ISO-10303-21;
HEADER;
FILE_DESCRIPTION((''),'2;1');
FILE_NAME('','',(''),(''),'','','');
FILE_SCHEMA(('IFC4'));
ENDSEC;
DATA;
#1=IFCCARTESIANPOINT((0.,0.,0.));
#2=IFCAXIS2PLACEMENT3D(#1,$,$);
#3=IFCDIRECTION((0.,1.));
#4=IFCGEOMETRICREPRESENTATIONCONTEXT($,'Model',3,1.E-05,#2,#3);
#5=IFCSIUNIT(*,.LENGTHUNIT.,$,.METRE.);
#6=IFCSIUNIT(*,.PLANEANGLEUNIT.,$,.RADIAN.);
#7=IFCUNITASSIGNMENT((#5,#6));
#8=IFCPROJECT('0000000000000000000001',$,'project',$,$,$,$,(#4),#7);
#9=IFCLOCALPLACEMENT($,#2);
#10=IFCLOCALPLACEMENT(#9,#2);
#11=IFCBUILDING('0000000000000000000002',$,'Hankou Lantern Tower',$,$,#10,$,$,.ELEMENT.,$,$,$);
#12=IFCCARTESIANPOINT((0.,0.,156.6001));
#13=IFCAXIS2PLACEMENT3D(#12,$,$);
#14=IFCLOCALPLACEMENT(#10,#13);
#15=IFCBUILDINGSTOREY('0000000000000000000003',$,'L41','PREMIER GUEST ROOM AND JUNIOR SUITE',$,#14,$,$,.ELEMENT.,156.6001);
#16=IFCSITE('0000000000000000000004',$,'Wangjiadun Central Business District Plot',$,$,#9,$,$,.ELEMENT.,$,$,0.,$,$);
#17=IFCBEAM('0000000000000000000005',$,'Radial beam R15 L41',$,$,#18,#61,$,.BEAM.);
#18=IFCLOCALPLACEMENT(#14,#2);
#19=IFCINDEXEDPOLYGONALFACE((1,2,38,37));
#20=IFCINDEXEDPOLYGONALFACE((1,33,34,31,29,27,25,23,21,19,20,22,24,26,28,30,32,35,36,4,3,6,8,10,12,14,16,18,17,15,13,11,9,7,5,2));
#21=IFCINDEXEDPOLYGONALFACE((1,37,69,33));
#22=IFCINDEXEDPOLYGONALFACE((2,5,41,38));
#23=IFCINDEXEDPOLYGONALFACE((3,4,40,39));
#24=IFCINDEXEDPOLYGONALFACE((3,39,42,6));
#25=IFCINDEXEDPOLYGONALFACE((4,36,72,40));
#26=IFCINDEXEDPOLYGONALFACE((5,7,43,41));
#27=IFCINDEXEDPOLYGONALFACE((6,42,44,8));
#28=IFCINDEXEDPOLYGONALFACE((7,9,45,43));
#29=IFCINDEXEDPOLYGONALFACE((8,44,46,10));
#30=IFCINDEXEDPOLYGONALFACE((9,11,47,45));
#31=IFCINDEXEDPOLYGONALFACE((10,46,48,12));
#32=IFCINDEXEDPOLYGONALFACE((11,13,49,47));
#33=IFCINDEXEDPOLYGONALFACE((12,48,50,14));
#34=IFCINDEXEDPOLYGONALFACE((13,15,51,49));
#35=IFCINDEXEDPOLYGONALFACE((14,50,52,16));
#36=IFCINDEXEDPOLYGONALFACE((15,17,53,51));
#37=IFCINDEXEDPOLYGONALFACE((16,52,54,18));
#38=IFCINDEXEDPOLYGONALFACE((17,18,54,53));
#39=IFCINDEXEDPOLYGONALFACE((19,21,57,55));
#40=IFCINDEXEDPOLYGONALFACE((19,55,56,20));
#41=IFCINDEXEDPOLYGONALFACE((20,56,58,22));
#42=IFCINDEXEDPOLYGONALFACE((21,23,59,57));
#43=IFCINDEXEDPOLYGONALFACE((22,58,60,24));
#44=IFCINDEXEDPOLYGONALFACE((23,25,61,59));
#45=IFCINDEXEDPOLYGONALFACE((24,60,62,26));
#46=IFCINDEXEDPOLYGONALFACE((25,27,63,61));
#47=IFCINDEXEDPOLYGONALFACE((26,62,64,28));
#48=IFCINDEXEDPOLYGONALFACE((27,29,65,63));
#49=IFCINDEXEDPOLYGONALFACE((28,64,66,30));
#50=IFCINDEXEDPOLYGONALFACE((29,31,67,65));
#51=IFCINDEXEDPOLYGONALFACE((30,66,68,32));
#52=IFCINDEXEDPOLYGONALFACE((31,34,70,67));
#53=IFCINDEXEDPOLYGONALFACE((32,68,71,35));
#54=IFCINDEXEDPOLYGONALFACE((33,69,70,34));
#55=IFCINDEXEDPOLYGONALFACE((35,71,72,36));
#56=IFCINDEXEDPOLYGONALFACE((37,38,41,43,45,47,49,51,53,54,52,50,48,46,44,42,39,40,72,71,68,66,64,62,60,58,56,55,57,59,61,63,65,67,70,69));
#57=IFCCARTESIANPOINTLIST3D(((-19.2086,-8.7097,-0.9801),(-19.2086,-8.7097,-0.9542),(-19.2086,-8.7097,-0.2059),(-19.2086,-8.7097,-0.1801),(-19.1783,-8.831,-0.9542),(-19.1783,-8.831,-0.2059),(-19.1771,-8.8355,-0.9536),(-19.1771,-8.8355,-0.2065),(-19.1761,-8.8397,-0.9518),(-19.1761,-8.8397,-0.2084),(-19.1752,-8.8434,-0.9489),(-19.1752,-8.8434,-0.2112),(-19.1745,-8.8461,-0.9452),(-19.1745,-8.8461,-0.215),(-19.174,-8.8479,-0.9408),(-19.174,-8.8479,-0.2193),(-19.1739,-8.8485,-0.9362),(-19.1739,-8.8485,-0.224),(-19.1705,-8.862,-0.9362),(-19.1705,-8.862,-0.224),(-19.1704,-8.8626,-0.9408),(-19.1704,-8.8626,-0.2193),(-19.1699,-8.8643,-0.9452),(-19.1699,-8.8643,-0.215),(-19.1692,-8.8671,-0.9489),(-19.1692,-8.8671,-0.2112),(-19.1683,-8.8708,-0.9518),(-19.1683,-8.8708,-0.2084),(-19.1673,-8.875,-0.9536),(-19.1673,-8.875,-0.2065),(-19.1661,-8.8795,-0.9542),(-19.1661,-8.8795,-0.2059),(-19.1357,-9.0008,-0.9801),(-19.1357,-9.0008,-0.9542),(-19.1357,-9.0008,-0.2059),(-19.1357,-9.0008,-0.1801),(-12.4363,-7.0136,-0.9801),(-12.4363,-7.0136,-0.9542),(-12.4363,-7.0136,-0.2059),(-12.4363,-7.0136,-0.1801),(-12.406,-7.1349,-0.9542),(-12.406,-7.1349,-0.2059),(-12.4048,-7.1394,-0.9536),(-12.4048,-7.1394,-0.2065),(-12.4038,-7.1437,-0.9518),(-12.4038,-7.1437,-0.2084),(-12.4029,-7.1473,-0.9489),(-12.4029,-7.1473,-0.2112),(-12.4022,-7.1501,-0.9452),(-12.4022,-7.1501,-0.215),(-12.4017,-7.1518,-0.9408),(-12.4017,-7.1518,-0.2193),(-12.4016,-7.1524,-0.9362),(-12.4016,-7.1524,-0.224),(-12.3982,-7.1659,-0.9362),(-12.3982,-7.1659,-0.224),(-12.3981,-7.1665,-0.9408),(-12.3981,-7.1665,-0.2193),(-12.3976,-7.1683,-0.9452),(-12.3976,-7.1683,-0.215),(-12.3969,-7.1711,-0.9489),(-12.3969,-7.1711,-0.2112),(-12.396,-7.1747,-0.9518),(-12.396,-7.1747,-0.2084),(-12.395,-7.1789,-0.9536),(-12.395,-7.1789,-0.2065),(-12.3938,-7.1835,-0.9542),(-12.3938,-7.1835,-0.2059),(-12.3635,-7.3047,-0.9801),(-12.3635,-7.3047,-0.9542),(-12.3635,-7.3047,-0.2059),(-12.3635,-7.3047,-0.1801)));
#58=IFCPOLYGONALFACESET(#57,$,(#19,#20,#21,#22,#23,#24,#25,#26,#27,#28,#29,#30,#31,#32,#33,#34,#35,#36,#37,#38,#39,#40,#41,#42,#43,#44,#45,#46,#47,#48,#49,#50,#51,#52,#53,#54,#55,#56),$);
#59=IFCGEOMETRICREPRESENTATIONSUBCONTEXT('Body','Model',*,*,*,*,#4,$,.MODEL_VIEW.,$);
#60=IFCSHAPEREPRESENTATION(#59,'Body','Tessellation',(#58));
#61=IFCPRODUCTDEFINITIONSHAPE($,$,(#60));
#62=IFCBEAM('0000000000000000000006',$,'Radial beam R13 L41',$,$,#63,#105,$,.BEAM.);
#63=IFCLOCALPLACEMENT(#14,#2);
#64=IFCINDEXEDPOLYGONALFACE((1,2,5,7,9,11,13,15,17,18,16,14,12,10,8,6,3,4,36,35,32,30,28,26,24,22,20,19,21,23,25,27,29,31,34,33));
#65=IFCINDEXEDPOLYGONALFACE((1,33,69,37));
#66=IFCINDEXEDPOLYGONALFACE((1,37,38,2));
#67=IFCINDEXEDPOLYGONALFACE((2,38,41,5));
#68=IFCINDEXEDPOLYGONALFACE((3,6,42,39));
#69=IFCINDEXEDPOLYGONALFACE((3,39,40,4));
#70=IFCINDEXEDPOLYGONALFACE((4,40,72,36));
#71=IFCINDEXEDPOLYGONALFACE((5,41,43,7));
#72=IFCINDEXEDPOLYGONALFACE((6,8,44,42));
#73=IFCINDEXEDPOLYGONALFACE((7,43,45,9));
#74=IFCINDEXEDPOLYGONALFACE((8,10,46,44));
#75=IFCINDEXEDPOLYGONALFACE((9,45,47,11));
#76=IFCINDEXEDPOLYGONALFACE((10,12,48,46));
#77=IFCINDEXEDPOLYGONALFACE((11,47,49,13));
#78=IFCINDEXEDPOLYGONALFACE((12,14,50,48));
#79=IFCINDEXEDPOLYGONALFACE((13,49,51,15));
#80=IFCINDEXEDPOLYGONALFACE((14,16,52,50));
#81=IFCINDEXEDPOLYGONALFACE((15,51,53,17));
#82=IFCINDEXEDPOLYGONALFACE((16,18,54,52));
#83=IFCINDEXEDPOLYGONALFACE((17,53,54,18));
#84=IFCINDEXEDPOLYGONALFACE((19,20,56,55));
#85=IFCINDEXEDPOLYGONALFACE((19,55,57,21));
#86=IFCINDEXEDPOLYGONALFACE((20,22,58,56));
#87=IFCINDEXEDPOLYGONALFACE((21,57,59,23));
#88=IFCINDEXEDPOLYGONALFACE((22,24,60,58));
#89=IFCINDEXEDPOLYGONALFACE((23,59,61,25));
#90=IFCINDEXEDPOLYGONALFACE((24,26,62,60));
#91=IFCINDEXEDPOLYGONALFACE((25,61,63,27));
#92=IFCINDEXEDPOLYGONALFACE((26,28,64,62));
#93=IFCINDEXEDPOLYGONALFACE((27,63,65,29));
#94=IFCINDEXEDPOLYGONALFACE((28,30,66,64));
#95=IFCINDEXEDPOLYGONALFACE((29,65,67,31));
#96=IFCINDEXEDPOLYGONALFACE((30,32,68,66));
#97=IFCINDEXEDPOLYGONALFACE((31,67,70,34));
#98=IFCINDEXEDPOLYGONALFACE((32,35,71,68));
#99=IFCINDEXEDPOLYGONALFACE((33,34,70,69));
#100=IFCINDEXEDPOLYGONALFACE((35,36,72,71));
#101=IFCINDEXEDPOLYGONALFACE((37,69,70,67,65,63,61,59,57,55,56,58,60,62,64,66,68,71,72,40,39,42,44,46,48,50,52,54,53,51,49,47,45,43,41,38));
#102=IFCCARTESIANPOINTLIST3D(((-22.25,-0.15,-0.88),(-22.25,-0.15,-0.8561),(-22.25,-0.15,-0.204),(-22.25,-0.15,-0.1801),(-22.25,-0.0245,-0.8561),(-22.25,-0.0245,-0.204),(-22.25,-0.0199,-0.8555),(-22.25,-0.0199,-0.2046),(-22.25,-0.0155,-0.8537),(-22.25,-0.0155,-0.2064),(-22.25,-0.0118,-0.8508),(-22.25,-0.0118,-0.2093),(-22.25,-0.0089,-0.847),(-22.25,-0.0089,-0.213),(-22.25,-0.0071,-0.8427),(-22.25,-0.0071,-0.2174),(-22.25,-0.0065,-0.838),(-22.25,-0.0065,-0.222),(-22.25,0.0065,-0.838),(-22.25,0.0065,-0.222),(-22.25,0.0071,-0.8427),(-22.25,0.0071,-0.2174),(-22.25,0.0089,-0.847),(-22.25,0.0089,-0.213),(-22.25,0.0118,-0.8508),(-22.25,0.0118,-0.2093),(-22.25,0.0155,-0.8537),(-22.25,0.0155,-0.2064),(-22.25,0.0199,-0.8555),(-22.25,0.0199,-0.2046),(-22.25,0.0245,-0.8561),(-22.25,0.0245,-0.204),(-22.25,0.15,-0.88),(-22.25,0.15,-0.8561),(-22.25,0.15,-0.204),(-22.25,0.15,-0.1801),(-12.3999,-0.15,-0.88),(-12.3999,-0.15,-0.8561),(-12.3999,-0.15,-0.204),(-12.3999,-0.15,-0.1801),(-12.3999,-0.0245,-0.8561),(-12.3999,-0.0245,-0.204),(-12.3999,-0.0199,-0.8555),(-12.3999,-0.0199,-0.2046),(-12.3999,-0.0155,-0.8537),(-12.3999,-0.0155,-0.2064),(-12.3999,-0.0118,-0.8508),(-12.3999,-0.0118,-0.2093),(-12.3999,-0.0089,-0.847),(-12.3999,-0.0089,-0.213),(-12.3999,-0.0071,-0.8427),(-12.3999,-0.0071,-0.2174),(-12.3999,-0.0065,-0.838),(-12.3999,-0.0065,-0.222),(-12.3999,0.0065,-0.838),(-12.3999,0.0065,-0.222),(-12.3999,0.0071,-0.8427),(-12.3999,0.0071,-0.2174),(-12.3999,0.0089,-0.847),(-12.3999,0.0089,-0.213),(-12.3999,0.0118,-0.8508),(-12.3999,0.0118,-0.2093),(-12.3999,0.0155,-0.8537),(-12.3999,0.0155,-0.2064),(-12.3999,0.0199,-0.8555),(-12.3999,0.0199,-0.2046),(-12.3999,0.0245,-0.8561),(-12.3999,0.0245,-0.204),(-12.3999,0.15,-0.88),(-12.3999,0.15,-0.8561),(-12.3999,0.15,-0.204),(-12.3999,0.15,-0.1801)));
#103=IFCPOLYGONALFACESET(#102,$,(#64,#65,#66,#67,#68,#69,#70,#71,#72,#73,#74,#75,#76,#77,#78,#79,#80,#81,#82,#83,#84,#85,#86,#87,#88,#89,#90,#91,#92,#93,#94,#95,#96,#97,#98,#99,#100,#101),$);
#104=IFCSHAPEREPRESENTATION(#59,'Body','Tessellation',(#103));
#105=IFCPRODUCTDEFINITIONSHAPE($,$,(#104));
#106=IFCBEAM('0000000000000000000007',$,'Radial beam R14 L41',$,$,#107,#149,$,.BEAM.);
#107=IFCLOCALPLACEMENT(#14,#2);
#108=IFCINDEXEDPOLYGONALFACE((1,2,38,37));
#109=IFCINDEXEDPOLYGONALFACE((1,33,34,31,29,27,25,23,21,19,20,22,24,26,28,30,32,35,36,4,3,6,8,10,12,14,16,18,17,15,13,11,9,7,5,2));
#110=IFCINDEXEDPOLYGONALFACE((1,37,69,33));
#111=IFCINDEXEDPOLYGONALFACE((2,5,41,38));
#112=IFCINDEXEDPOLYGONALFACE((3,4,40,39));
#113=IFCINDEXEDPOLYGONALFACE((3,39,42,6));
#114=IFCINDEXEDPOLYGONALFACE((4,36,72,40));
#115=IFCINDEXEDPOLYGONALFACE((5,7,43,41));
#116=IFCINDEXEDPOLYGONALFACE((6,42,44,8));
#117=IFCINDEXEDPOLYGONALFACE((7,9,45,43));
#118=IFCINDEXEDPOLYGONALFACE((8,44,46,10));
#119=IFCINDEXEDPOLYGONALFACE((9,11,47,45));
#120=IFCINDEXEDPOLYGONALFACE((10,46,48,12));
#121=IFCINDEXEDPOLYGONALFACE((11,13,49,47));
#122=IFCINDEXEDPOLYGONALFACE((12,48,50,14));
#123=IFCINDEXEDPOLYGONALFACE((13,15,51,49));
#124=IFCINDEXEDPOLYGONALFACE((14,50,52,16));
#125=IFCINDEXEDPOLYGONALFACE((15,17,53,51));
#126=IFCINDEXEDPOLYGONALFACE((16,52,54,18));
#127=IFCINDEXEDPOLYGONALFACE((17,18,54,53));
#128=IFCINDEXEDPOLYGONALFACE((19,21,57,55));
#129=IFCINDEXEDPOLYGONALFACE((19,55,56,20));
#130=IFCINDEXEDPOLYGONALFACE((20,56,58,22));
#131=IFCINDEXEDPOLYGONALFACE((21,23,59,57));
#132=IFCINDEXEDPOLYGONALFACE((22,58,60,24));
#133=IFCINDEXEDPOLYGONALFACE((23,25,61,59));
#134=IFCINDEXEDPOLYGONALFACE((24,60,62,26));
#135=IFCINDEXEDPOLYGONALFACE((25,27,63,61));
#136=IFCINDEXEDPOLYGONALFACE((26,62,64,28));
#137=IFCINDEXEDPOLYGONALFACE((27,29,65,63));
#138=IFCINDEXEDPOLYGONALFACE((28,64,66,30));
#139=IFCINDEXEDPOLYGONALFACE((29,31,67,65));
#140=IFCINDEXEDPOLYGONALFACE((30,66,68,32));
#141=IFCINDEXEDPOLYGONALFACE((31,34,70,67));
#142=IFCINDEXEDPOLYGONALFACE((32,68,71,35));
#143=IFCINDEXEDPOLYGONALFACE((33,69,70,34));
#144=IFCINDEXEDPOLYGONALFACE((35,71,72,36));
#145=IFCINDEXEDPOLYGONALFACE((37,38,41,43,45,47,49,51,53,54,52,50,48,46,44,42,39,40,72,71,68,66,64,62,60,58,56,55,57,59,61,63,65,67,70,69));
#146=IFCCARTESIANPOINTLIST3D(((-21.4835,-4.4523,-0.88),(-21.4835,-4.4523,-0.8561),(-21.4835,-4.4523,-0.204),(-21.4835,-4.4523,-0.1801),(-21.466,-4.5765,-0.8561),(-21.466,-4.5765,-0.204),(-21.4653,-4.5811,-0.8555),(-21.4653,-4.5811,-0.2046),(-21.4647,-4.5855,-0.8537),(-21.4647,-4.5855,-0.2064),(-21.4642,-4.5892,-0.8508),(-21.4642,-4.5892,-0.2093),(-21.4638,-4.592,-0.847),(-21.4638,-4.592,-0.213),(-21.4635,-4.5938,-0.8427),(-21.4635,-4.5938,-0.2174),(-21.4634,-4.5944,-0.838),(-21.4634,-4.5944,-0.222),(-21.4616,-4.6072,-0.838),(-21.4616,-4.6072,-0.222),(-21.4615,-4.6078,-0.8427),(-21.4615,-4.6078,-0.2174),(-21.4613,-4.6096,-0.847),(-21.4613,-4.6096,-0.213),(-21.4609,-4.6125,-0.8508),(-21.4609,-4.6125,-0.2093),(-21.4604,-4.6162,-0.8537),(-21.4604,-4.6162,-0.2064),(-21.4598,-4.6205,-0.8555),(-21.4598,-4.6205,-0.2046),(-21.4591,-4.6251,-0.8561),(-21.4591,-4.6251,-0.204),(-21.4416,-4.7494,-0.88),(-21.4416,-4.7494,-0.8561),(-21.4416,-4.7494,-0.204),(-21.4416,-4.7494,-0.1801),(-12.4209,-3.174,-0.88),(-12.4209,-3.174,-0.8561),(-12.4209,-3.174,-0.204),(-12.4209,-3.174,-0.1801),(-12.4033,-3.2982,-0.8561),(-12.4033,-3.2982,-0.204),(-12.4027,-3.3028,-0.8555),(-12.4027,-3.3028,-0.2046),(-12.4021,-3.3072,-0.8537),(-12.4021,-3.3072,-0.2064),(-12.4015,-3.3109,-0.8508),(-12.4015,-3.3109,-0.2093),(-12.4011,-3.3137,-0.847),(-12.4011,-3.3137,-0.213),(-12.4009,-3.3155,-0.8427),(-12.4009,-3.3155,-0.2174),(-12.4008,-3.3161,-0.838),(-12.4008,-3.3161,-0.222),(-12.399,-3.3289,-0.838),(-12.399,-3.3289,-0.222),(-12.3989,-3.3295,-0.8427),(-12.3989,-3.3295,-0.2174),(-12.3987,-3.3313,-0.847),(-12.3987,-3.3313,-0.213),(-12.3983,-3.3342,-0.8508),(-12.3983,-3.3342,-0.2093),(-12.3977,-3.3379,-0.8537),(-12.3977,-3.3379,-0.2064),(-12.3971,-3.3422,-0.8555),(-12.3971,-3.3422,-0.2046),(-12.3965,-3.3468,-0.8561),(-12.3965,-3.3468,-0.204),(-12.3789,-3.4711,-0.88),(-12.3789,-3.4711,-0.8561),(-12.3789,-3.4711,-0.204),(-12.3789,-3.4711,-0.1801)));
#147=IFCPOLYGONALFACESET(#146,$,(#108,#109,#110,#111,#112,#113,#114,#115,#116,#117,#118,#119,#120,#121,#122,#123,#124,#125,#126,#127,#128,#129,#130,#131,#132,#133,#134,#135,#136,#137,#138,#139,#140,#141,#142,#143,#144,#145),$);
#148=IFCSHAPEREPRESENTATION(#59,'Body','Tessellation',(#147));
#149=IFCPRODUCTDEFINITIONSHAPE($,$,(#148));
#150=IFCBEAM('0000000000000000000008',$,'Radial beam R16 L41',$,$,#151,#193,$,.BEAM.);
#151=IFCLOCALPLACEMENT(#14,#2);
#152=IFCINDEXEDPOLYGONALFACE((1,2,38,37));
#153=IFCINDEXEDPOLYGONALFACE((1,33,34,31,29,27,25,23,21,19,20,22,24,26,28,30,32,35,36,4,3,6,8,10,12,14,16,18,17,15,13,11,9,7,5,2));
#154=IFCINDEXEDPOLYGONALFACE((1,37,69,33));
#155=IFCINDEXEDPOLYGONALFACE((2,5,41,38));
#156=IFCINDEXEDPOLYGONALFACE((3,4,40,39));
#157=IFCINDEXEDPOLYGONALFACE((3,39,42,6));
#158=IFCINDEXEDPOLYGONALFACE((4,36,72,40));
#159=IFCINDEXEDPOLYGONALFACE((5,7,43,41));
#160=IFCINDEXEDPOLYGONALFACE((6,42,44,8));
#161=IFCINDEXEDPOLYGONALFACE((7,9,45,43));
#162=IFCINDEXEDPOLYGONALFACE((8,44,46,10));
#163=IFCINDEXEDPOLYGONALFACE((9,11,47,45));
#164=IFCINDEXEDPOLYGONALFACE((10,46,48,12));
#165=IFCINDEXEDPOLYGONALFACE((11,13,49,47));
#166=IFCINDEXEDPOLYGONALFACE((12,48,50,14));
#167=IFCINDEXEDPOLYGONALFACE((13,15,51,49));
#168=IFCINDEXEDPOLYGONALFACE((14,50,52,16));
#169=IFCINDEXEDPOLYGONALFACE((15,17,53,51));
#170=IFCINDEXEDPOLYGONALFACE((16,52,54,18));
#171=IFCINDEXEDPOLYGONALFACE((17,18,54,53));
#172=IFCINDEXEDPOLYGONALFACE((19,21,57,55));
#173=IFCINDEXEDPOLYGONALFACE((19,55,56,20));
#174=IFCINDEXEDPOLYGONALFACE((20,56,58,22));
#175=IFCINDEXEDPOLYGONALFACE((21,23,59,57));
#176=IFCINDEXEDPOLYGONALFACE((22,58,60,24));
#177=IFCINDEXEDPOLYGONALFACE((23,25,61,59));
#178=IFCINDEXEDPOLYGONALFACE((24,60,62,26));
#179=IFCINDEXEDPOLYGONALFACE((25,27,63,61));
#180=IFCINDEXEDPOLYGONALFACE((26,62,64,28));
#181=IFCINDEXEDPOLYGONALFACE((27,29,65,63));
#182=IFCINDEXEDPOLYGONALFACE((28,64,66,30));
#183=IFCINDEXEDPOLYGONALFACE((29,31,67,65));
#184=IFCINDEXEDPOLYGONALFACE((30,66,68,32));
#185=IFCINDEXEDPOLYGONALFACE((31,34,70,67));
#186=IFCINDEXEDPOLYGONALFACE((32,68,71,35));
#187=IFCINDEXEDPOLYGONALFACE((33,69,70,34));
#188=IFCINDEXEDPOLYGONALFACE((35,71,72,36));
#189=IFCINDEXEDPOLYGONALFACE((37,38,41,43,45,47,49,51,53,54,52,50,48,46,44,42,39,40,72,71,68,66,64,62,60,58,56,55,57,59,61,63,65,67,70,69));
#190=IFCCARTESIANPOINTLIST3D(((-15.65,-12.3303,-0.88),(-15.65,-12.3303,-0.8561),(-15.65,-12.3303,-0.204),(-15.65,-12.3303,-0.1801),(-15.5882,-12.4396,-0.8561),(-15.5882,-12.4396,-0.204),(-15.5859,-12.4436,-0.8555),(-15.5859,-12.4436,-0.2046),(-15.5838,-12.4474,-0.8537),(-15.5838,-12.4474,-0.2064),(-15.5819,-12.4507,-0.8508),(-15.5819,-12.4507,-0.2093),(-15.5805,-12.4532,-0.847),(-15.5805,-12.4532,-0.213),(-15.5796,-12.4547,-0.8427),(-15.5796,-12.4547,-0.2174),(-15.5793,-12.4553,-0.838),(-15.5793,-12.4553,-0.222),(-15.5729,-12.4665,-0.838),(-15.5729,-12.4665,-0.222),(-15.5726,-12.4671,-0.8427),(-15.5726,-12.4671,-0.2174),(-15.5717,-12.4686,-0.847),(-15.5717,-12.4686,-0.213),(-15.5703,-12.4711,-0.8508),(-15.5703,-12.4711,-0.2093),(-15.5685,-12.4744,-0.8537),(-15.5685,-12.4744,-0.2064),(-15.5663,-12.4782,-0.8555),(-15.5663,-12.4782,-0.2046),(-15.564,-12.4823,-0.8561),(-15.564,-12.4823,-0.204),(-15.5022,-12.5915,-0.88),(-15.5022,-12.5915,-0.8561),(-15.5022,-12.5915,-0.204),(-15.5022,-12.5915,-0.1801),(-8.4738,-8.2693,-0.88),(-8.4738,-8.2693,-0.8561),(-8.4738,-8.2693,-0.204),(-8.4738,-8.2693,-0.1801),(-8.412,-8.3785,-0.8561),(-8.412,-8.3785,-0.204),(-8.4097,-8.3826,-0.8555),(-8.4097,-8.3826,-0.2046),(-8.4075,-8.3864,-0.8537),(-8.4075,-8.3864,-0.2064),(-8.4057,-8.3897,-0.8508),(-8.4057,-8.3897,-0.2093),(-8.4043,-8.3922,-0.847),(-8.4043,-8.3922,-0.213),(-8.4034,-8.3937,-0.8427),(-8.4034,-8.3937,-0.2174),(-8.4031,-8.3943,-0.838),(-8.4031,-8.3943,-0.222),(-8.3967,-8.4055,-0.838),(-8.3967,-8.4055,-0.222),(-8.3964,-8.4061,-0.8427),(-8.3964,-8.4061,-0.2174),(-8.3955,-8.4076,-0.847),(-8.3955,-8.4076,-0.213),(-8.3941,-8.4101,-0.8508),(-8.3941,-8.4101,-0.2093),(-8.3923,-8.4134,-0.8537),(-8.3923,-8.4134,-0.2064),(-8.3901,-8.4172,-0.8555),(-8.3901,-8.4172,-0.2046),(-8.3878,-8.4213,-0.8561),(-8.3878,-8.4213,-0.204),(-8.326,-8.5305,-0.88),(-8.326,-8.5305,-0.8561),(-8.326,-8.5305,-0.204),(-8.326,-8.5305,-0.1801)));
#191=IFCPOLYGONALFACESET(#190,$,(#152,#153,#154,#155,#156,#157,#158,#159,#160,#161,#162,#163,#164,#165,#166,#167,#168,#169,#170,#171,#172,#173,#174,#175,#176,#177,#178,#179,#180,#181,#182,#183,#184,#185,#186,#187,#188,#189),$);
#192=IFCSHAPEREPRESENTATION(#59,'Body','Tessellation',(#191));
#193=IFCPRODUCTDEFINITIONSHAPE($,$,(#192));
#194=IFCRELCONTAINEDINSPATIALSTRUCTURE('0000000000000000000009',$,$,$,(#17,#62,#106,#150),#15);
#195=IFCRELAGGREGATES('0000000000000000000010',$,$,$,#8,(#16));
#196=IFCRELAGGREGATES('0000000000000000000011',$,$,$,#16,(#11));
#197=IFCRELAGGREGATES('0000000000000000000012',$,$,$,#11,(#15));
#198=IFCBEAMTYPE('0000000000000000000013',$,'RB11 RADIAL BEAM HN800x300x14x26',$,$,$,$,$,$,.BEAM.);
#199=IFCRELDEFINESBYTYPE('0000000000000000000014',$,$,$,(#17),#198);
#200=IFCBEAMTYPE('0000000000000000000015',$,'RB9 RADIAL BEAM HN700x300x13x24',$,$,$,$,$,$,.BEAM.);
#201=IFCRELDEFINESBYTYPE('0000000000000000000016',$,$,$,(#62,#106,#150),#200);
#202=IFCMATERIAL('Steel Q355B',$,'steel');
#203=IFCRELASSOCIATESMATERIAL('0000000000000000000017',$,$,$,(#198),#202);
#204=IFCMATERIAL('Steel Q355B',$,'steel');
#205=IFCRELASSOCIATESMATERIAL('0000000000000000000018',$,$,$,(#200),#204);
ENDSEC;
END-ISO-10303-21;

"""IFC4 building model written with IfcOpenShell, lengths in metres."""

from ifc_helpers import new_model, si_unit, direction, frame, origin, origin_2d, place, context, subcontext, project, spatial, i_section, extrude, material, material_profile, profile_set, type_object, element, save


model = new_model("IFC4")

# Units and contexts
model_context = context("Model", 3, precision=1e-05, world=origin(), true_north=direction((0.0, 1.0)))
body_context = subcontext(model_context, "Body", "Model", "MODEL_VIEW")
ifc_project = project(units=[si_unit("LENGTHUNIT", "METRE"), si_unit("PLANEANGLEUNIT", "RADIAN")], contexts=[model_context])

# Site, building, storey
site_placement = place(None, origin())
site = spatial("IfcSite", under=ifc_project, at=site_placement, Name="Wangjiadun Central Business District Plot", CompositionType="ELEMENT", RefElevation=0.0)
building_placement = place(site_placement, origin())
building = spatial("IfcBuilding", under=site, at=building_placement, Name="Hankou Lantern Tower", CompositionType="ELEMENT")
storey_placement = place(building_placement, frame((0.0, 0.0, 156.6001)))
storey = spatial("IfcBuildingStorey", under=building, at=storey_placement, Name="L41", Description="PREMIER GUEST ROOM AND JUNIOR SUITE", CompositionType="ELEMENT", Elevation=156.6001)

# Beams
ifc_material_1 = material(Name="Steel Q355B", Category="steel")
ifc_material_profile_1 = material_profile(ifc_material_1, i_section(OverallWidth=0.3, OverallDepth=0.8, WebThickness=0.0139, FlangeThickness=0.0259, FilletRadius=0.0181, at=origin_2d()), Name="HN800x300x14x26")
ifc_profile_set_1 = profile_set([ifc_material_profile_1], Name="Steel Q355B")
beam_type_1 = type_object("IfcBeamType", Name="RB11 RADIAL BEAM HN800x300x14x26", PredefinedType="BEAM", material=ifc_profile_set_1)
beam_1_placement = place(storey_placement, frame((-12.3999, -7.1592, -0.5801), z_axis=(-0.970042, -0.242939, 0.0), x_axis=(0.242939, -0.970042, 0.0)))
element("IfcBeam", 1, at=beam_1_placement, inside=storey, type_object=beam_type_1, Name="Radial beam R15 L41", PredefinedType="BEAM", context=body_context, shape_type="SweptSolid", body=[
    extrude(i_section(OverallWidth=0.3, OverallDepth=0.8, WebThickness=0.0139, FlangeThickness=0.0259, FilletRadius=0.0181, at=origin_2d()), origin(), (0.0, 0.0, 1.0), 6.9814),
])
ifc_material_2 = material(Name="Steel Q355B", Category="steel")
ifc_material_profile_2 = material_profile(ifc_material_2, i_section(OverallWidth=0.3, OverallDepth=0.7, WebThickness=0.0129, FlangeThickness=0.0239, FilletRadius=0.0181, at=origin_2d()), Name="HN700x300x13x24")
ifc_profile_set_2 = profile_set([ifc_material_profile_2], Name="Steel Q355B")
beam_type_2 = type_object("IfcBeamType", Name="RB9 RADIAL BEAM HN700x300x13x24", PredefinedType="BEAM", material=ifc_profile_set_2)
beam_2_placement = place(storey_placement, frame((-12.3999, 0.0, -0.53), z_axis=(-1.0, 0.0, 0.0), x_axis=(0.0, -1.0, 0.0)))
element("IfcBeam", 2, at=beam_2_placement, inside=storey, type_object=beam_type_2, Name="Radial beam R13 L41", PredefinedType="BEAM", context=body_context, shape_type="SweptSolid", body=[
    extrude(i_section(OverallWidth=0.3, OverallDepth=0.7, WebThickness=0.0129, FlangeThickness=0.0239, FilletRadius=0.0181, at=origin_2d()), origin(), (0.0, 0.0, 1.0), 9.8501),
])
beam_3_placement = place(storey_placement, frame((-12.3999, -3.3225, -0.53), z_axis=(-0.990198, -0.13967, 0.0), x_axis=(0.13967, -0.990198, 0.0)))
element("IfcBeam", 3, at=beam_3_placement, inside=storey, type_object=beam_type_2, Name="Radial beam R14 L41", PredefinedType="BEAM", context=body_context, shape_type="SweptSolid", body=[
    extrude(i_section(OverallWidth=0.3, OverallDepth=0.7, WebThickness=0.0129, FlangeThickness=0.0239, FilletRadius=0.0181, at=origin_2d()), origin(), (0.0, 0.0, 1.0), 9.1523),
])
beam_4_placement = place(storey_placement, frame((-8.3999, -8.3999, -0.53), z_axis=(-0.870309, -0.492506, 0.0), x_axis=(0.492506, -0.870309, 0.0)))
element("IfcBeam", 4, at=beam_4_placement, inside=storey, type_object=beam_type_2, Name="Radial beam R16 L41", PredefinedType="BEAM", context=body_context, shape_type="SweptSolid", body=[
    extrude(i_section(OverallWidth=0.3, OverallDepth=0.7, WebThickness=0.0129, FlangeThickness=0.0239, FilletRadius=0.0181, at=origin_2d()), origin(), (0.0, 0.0, 1.0), 8.2456),
])

save(model, "model.ifc")
